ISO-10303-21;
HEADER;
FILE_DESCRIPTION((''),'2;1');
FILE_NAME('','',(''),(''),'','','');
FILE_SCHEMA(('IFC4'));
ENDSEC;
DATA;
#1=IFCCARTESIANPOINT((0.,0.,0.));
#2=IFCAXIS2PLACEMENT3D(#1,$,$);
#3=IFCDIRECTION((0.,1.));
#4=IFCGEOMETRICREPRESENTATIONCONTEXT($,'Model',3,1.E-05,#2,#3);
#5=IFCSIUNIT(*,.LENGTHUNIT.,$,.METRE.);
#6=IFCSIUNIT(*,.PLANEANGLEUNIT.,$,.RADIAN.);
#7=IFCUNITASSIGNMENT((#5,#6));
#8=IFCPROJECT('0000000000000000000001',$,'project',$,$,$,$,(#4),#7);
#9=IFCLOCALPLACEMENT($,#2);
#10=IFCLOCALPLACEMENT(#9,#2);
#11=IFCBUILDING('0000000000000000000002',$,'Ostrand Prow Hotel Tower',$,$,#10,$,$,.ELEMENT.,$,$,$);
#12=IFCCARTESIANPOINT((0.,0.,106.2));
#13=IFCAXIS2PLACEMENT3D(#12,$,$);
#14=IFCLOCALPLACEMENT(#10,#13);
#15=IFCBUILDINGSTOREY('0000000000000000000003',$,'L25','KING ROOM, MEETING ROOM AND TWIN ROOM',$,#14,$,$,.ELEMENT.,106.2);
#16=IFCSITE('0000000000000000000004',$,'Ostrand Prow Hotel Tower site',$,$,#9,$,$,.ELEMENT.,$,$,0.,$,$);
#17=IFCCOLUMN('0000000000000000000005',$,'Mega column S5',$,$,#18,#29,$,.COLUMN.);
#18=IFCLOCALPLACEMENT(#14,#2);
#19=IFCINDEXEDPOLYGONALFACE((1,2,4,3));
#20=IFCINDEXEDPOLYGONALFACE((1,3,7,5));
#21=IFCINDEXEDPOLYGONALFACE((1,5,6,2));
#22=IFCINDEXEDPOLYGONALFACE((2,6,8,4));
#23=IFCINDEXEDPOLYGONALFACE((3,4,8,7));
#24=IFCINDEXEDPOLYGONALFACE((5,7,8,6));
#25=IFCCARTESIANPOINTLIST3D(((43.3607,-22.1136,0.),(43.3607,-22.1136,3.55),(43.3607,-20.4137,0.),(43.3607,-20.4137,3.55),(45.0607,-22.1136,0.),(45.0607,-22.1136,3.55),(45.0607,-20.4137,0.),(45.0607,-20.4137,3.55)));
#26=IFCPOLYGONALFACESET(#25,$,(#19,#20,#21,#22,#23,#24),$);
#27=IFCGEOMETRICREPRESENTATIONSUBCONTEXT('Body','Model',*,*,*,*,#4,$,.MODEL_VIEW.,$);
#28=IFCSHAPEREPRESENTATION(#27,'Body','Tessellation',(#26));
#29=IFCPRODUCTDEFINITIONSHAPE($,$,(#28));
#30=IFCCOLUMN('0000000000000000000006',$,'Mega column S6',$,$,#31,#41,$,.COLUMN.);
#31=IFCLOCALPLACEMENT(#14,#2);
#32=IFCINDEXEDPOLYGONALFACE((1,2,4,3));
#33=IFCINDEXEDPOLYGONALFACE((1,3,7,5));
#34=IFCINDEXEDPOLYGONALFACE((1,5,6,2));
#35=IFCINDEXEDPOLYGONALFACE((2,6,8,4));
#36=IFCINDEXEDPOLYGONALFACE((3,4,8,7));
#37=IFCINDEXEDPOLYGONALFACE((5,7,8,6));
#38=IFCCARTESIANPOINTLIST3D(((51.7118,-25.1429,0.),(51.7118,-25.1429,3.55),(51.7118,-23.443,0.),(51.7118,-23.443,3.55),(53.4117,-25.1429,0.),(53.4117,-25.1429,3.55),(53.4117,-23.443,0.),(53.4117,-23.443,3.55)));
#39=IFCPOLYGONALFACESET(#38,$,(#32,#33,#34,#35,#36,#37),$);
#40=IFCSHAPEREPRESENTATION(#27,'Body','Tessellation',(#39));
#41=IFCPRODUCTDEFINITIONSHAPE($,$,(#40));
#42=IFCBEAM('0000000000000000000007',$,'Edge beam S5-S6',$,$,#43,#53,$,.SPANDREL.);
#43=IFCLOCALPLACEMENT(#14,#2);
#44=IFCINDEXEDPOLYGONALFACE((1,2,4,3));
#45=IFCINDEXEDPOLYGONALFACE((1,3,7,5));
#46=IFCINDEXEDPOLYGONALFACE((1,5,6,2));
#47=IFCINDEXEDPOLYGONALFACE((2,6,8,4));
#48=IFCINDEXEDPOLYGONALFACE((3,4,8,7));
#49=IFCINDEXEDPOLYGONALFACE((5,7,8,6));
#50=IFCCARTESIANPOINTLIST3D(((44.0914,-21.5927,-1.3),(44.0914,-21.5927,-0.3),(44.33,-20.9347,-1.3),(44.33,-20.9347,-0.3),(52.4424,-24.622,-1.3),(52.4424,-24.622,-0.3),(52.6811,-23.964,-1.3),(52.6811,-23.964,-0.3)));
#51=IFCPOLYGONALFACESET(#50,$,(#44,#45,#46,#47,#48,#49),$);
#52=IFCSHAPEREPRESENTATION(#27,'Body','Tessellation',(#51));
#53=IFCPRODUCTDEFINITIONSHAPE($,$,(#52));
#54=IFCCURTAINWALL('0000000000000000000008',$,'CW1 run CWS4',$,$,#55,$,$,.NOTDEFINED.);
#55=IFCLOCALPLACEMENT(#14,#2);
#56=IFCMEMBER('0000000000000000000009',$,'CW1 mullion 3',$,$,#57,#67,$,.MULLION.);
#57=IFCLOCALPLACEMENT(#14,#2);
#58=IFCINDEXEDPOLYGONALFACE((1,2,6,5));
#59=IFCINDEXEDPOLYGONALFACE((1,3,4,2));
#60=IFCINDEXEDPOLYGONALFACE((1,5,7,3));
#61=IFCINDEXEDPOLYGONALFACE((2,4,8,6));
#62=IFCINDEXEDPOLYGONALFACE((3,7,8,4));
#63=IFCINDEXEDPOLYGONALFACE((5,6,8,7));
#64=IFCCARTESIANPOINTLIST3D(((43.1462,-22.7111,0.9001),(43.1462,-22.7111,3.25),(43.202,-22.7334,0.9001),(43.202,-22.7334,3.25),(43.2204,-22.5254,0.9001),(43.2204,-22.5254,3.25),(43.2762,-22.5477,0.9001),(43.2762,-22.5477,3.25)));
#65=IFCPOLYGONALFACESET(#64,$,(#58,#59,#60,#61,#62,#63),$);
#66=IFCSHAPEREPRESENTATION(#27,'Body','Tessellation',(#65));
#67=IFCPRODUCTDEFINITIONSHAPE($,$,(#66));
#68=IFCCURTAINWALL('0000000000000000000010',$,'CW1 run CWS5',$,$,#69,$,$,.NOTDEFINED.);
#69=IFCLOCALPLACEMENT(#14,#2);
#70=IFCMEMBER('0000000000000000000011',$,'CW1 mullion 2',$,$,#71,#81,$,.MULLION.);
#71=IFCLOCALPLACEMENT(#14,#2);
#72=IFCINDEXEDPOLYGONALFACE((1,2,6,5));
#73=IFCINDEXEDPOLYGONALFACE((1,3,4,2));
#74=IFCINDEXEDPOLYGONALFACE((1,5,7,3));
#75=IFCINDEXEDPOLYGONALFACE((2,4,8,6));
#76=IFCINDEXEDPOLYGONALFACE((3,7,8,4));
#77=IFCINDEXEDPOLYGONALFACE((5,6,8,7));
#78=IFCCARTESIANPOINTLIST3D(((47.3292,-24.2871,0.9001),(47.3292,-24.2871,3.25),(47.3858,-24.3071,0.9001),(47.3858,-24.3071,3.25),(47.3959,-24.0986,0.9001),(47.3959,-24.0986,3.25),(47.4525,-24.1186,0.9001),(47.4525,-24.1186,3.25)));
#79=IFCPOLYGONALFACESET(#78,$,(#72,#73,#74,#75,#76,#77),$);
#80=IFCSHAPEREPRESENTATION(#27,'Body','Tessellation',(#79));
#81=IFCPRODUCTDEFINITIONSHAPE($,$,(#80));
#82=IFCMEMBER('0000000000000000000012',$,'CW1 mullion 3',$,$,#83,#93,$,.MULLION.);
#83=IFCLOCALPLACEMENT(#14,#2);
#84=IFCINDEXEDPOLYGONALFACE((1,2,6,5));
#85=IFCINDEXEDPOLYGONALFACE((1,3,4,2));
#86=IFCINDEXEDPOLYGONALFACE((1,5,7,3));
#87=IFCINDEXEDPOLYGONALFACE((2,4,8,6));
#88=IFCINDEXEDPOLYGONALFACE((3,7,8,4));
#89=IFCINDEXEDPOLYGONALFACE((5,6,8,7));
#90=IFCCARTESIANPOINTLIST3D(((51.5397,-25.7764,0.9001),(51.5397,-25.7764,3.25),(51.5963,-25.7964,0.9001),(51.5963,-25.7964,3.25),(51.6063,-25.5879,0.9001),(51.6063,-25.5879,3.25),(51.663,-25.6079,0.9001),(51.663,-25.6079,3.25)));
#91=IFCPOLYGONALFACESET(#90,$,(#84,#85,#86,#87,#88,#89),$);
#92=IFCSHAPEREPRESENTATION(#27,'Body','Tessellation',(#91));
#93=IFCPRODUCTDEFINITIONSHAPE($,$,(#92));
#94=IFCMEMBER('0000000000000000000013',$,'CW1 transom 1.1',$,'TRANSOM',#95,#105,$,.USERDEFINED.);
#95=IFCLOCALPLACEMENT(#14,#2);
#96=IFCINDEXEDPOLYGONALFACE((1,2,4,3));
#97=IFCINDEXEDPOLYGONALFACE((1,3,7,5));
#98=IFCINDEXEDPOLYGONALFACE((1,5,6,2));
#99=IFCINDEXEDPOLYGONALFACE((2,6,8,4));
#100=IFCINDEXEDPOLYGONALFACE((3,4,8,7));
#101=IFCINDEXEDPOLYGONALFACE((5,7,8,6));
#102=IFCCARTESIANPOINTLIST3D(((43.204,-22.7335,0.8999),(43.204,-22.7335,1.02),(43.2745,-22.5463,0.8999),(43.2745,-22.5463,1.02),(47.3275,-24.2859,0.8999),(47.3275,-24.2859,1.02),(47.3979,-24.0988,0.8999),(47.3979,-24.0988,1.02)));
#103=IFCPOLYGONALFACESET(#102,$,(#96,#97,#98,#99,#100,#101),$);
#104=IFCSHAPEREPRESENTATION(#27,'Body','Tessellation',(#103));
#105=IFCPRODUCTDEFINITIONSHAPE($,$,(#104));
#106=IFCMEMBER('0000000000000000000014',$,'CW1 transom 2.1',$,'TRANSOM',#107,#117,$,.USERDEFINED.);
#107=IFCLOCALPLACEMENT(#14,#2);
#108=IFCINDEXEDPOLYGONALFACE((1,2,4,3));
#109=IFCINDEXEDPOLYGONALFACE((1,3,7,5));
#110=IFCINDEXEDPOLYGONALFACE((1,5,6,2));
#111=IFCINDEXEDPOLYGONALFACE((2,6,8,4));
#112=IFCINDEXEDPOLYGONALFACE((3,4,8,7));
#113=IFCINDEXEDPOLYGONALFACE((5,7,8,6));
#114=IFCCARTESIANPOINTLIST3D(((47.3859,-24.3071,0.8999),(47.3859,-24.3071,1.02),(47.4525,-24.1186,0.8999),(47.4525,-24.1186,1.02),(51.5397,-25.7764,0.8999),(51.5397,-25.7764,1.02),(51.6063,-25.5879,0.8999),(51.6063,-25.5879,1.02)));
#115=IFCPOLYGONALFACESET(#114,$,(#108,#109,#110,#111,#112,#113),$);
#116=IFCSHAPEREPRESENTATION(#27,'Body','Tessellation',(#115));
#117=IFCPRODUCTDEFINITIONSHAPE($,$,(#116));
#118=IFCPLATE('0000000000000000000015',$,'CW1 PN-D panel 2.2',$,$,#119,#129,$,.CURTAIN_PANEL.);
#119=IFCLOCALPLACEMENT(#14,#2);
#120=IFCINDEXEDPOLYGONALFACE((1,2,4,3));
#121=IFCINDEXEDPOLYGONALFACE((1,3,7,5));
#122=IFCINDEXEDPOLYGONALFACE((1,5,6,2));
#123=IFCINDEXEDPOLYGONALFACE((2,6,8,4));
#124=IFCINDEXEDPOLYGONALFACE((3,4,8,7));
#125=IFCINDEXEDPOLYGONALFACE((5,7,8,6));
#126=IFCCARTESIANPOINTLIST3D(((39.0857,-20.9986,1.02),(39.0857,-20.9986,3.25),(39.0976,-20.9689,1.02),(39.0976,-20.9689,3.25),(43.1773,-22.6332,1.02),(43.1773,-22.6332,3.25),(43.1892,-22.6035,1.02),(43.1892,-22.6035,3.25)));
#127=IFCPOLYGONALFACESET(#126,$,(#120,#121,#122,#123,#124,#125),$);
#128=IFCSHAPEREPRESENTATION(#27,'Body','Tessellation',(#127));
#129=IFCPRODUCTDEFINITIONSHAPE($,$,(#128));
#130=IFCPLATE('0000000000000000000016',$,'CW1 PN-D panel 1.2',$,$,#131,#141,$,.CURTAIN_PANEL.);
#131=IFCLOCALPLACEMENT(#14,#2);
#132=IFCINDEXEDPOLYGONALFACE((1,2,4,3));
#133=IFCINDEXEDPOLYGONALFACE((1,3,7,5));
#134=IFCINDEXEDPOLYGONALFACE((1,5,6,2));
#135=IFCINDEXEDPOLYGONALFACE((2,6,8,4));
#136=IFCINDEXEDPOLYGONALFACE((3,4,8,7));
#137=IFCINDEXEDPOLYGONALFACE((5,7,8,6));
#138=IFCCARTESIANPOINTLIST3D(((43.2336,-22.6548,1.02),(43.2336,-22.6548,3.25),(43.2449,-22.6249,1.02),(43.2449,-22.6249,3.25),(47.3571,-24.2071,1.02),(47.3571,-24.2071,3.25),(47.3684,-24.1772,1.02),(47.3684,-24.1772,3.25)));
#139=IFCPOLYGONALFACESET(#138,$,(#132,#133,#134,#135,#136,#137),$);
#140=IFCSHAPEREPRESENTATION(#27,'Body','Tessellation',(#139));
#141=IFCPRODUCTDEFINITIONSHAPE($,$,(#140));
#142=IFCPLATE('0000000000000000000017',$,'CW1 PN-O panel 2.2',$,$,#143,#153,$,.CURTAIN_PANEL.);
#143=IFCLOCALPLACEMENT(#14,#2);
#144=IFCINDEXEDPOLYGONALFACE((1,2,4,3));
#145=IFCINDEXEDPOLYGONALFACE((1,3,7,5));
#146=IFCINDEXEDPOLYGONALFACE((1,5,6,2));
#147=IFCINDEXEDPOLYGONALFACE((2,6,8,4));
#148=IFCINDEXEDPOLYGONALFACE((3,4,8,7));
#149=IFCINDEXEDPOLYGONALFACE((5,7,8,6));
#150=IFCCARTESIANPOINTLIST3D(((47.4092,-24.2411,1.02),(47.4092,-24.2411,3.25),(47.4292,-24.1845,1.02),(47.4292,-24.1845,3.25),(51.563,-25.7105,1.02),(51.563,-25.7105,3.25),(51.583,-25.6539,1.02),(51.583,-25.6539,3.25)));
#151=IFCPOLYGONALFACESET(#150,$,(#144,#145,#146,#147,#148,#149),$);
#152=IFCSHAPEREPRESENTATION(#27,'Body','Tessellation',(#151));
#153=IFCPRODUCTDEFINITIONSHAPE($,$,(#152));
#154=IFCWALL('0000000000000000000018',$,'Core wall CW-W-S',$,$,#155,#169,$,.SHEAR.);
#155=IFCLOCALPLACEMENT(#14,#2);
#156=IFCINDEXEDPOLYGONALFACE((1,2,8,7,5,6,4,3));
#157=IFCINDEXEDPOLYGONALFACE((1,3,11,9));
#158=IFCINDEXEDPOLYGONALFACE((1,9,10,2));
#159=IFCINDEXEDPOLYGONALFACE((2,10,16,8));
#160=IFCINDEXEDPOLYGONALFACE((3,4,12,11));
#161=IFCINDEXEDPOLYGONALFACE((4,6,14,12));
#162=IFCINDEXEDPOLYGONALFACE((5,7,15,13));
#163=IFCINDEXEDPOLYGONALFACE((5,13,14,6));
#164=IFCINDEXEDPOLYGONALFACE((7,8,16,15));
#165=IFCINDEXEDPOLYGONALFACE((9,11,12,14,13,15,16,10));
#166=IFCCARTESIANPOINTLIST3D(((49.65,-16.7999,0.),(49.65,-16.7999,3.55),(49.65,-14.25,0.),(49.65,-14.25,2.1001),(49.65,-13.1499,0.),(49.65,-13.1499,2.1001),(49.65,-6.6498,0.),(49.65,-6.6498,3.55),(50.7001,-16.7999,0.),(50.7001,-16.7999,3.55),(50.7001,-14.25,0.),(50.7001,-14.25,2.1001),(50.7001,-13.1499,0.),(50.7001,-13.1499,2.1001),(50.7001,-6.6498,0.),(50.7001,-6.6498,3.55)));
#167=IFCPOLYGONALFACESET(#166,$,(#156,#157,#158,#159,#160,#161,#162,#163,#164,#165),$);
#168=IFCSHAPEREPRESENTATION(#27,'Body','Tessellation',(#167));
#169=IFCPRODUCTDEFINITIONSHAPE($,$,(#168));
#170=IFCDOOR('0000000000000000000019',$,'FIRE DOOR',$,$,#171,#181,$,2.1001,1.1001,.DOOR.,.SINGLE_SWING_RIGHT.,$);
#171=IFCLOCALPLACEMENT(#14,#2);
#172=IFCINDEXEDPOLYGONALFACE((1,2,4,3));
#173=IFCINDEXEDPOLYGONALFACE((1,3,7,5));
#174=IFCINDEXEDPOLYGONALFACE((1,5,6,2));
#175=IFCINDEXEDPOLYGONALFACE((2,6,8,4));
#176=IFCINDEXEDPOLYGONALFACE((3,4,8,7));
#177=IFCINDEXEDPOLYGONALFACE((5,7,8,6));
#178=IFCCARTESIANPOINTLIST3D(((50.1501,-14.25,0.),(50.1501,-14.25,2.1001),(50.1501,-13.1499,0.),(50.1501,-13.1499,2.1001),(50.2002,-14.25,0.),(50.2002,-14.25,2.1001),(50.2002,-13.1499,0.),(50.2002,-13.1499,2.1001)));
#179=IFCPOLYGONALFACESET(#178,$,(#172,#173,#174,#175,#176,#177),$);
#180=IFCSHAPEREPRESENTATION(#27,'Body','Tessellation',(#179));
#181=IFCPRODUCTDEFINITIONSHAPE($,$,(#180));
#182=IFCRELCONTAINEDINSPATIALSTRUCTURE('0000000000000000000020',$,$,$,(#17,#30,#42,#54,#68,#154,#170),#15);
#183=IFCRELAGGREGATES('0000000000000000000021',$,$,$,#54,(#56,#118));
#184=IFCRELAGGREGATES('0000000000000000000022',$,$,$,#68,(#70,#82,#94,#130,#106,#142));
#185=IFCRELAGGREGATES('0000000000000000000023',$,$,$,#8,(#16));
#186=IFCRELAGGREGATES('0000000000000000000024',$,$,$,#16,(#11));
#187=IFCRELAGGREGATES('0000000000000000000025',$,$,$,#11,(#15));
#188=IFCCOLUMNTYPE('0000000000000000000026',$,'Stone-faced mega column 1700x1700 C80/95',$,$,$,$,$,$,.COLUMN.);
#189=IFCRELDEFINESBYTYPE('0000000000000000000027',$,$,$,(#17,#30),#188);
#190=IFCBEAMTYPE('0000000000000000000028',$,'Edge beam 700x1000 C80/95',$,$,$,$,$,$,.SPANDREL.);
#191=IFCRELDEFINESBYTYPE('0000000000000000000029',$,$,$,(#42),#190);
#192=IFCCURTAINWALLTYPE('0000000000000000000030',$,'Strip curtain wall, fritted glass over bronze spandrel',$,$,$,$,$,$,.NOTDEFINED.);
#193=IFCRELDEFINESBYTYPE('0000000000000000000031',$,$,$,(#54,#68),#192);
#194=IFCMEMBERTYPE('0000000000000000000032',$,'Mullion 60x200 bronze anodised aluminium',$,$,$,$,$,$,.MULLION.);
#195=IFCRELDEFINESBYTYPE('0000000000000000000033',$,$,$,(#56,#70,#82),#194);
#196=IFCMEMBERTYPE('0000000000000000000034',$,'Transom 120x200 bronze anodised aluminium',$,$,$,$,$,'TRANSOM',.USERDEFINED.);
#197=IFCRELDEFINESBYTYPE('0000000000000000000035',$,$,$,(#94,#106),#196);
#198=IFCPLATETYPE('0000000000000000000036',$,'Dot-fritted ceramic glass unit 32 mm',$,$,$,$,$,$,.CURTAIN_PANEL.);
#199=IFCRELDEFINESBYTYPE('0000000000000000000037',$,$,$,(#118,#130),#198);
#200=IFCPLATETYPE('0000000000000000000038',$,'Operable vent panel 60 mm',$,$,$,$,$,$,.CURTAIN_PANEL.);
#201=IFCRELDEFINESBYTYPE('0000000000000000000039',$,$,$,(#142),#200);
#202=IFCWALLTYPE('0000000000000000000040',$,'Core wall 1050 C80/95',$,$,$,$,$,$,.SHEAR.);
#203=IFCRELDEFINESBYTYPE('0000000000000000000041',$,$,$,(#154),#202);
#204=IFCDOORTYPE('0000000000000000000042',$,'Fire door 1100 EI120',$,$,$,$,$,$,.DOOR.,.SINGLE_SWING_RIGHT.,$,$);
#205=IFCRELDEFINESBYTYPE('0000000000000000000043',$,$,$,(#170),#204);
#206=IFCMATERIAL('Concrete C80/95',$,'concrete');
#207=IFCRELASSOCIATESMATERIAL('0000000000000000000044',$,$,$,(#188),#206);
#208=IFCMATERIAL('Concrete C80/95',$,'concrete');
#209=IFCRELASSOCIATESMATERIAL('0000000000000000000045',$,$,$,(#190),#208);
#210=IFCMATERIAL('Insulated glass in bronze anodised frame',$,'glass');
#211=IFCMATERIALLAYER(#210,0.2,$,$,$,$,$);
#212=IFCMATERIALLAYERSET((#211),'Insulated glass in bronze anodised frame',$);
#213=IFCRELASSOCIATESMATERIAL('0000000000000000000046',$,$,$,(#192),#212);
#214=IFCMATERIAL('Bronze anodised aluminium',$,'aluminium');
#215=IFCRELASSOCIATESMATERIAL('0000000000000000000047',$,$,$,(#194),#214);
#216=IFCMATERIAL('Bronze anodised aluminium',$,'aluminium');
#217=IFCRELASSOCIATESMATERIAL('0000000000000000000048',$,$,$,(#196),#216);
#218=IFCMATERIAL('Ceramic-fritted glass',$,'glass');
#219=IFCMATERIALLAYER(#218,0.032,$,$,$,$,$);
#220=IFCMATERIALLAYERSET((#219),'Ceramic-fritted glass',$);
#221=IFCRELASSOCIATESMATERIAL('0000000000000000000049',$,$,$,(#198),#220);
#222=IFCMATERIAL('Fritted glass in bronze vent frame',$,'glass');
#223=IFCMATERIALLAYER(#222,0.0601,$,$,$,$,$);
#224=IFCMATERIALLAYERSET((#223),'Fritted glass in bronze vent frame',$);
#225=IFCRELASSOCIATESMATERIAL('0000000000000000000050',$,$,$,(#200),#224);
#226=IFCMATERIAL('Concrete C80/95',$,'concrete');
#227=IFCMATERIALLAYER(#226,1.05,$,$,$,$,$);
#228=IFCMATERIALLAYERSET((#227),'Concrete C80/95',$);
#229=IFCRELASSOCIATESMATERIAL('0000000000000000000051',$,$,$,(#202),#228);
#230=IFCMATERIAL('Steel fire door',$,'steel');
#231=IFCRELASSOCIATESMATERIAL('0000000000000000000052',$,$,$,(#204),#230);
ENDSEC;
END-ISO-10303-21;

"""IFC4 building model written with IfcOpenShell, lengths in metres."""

from ifc_helpers import new_model, si_unit, direction, frame, frame_2d, origin, origin_2d, place, context, subcontext, project, spatial, rectangle, extrude, material, layer, layer_set, material_profile, profile_set, type_object, element, fill, aggregate, save


model = new_model("IFC4")

# Units and contexts
model_context = context("Model", 3, precision=1e-05, world=origin(), true_north=direction((0.0, 1.0)))
body_context = subcontext(model_context, "Body", "Model", "MODEL_VIEW")
ifc_project = project(units=[si_unit("LENGTHUNIT", "METRE"), si_unit("PLANEANGLEUNIT", "RADIAN")], contexts=[model_context])

# Site, building, storey
site_placement = place(None, origin())
site = spatial("IfcSite", under=ifc_project, at=site_placement, Name="Ostrand Prow Hotel Tower site", CompositionType="ELEMENT", RefElevation=0.0)
building_placement = place(site_placement, origin())
building = spatial("IfcBuilding", under=site, at=building_placement, Name="Ostrand Prow Hotel Tower", CompositionType="ELEMENT")
storey_placement = place(building_placement, frame((0.0, 0.0, 106.2)))
storey = spatial("IfcBuildingStorey", under=building, at=storey_placement, Name="L25", Description="KING ROOM, MEETING ROOM AND TWIN ROOM", CompositionType="ELEMENT", Elevation=106.2)

# Columns
ifc_material_1 = material(Name="Concrete C80/95", Category="concrete")
ifc_material_profile_1 = material_profile(ifc_material_1, rectangle(XDim=1.7, YDim=1.7, at=origin_2d()), Name="RC 1700x1700")
ifc_profile_set_1 = profile_set([ifc_material_profile_1], Name="Concrete C80/95")
column_type = type_object("IfcColumnType", Name="Stone-faced mega column 1700x1700 C80/95", PredefinedType="COLUMN", material=ifc_profile_set_1)
for number, where, z_axis, x_axis, name in (
    (1, (44.2107, -21.2637, 0.0), (0.0, 0.0, 1.0), (1.0, 0.0, 0.0), "Mega column S5"),
    (2, (52.5618, -24.293, 0.0), (0.0, 0.0, 1.0), (1.0, 0.0, 0.0), "Mega column S6"),
):
    element("IfcColumn", number, at=place(storey_placement, frame(where, z_axis=z_axis, x_axis=x_axis)), inside=storey, type_object=column_type, Name=name, PredefinedType="COLUMN", context=body_context, shape_type="SweptSolid", body=[
        extrude(rectangle(XDim=1.7, YDim=1.7, at=origin_2d()), origin(), (0.0, 0.0, 1.0), 3.55),
    ])

# Beam
ifc_material_2 = material(Name="Concrete C80/95", Category="concrete")
ifc_material_profile_2 = material_profile(ifc_material_2, rectangle(XDim=0.7, YDim=1.0, at=origin_2d()), Name="RC 700x1000")
ifc_profile_set_2 = profile_set([ifc_material_profile_2], Name="Concrete C80/95")
beam_type = type_object("IfcBeamType", Name="Edge beam 700x1000 C80/95", PredefinedType="SPANDREL", material=ifc_profile_set_2)
beam_placement = place(storey_placement, frame((44.2107, -21.2637, -0.8), z_axis=(0.940063, -0.341002, 0.0), x_axis=(0.341002, 0.940063, 0.0)))
element("IfcBeam", 3, at=beam_placement, inside=storey, type_object=beam_type, Name="Edge beam S5-S6", PredefinedType="SPANDREL", context=body_context, shape_type="SweptSolid", body=[
    extrude(rectangle(XDim=0.7, YDim=1.0, at=origin_2d()), origin(), (0.0, 0.0, 1.0), 8.8835),
])

# Curtain wall, member
ifc_material_3 = material(Name="Insulated glass in bronze anodised frame", Category="glass")
ifc_layer_1 = layer(ifc_material_3, 0.2)
ifc_layer_set_1 = layer_set([ifc_layer_1], Name="Insulated glass in bronze anodised frame")
curtain_wall_type = type_object("IfcCurtainWallType", Name="Strip curtain wall, fritted glass over bronze spandrel", PredefinedType="NOTDEFINED", material=ifc_layer_set_1)
curtain_wall_1_placement = place(storey_placement, origin())
curtain_wall_1 = element("IfcCurtainWall", 4, at=curtain_wall_1_placement, inside=storey, type_object=curtain_wall_type, Name="CW1 run CWS4", PredefinedType="NOTDEFINED")
ifc_material_4 = material(Name="Bronze anodised aluminium", Category="aluminium")
ifc_material_profile_3 = material_profile(ifc_material_4, rectangle(XDim=0.2, YDim=0.0601, at=origin_2d()), Name="Mullion 60x200 bronze anodised aluminium")
ifc_profile_set_3 = profile_set([ifc_material_profile_3], Name="Bronze anodised aluminium")
member_type_1 = type_object("IfcMemberType", Name="Mullion 60x200 bronze anodised aluminium", PredefinedType="MULLION", material=ifc_profile_set_3)
member_1_placement = place(storey_placement, frame((43.2112, -22.6294, 0.9001), z_axis=(0.0, 0.0, 1.0), x_axis=(0.370982, 0.92864, 0.0)))
member_1 = element("IfcMember", 5, at=member_1_placement, type_object=member_type_1, Name="CW1 mullion 3", PredefinedType="MULLION", context=body_context, shape_type="SweptSolid", body=[
    extrude(rectangle(XDim=0.2, YDim=0.0601, at=origin_2d()), origin(), (0.0, 0.0, 1.0), 2.3499),
])

# Curtain wall, members
curtain_wall_2_placement = place(storey_placement, origin())
curtain_wall_2 = element("IfcCurtainWall", 6, at=curtain_wall_2_placement, inside=storey, type_object=curtain_wall_type, Name="CW1 run CWS5", PredefinedType="NOTDEFINED")
member_2_placement = place(storey_placement, frame((47.3909, -24.2029, 0.9001), z_axis=(0.0, 0.0, 1.0), x_axis=(0.333496, 0.942752, 0.0)))
member_2 = element("IfcMember", 7, at=member_2_placement, type_object=member_type_1, Name="CW1 mullion 2", PredefinedType="MULLION", context=body_context, shape_type="SweptSolid", body=[
    extrude(rectangle(XDim=0.2, YDim=0.0601, at=origin_2d()), origin(), (0.0, 0.0, 1.0), 2.3499),
])
member_3_placement = place(storey_placement, frame((51.6013, -25.6921, 0.9001), z_axis=(0.0, 0.0, 1.0), x_axis=(0.333496, 0.942752, 0.0)))
member_3 = element("IfcMember", 8, at=member_3_placement, type_object=member_type_1, Name="CW1 mullion 3", PredefinedType="MULLION", context=body_context, shape_type="SweptSolid", body=[
    extrude(rectangle(XDim=0.2, YDim=0.0601, at=origin_2d()), origin(), (0.0, 0.0, 1.0), 2.3499),
])
ifc_material_5 = material(Name="Bronze anodised aluminium", Category="aluminium")
ifc_material_profile_4 = material_profile(ifc_material_5, rectangle(XDim=0.2, YDim=0.1201, at=origin_2d()), Name="Transom 120x200 bronze anodised aluminium")
ifc_profile_set_4 = profile_set([ifc_material_profile_4], Name="Bronze anodised aluminium")
member_type_2 = type_object("IfcMemberType", Name="Transom 120x200 bronze anodised aluminium", ElementType="TRANSOM", PredefinedType="USERDEFINED", material=ifc_profile_set_4)
member_4_placement = place(storey_placement, frame((43.2393, -22.6399, 0.96), z_axis=(0.935868, -0.35235, 0.0), x_axis=(0.35235, 0.935868, 0.0)))
member_4 = element("IfcMember", 9, at=member_4_placement, type_object=member_type_2, Name="CW1 transom 1.1", ObjectType="TRANSOM", PredefinedType="USERDEFINED", context=body_context, shape_type="SweptSolid", body=[
    extrude(rectangle(XDim=0.2, YDim=0.1201, at=origin_2d()), origin(), (0.0, 0.0, 1.0), 4.406),
])
member_5_placement = place(storey_placement, frame((47.4192, -24.2129, 0.96), z_axis=(0.942763, -0.333463, 0.0), x_axis=(0.333463, 0.942763, 0.0)))
member_5 = element("IfcMember", 10, at=member_5_placement, type_object=member_type_2, Name="CW1 transom 2.1", ObjectType="TRANSOM", PredefinedType="USERDEFINED", context=body_context, shape_type="SweptSolid", body=[
    extrude(rectangle(XDim=0.2, YDim=0.1201, at=origin_2d()), origin(), (0.0, 0.0, 1.0), 4.406),
])

# Plates
ifc_material_6 = material(Name="Ceramic-fritted glass", Category="glass")
ifc_layer_2 = layer(ifc_material_6, 0.032)
ifc_layer_set_2 = layer_set([ifc_layer_2], Name="Ceramic-fritted glass")
plate_type_1 = type_object("IfcPlateType", Name="Dot-fritted ceramic glass unit 32 mm", PredefinedType="CURTAIN_PANEL", material=ifc_layer_set_2)
plate_1_placement = place(storey_placement, frame((41.1375, -21.801, 1.02), z_axis=(0.0, 0.0, 1.0), x_axis=(0.92864, -0.370982, 0.0)))
plate_1 = element("IfcPlate", 11, at=plate_1_placement, type_object=plate_type_1, Name="CW1 PN-D panel 2.2", PredefinedType="CURTAIN_PANEL", context=body_context, shape_type="SweptSolid", body=[
    extrude(rectangle(XDim=4.406, YDim=0.032, at=origin_2d()), origin(), (0.0, 0.0, 1.0), 2.23),
])
aggregate(curtain_wall_1, [member_1, plate_1])
plate_2_placement = place(storey_placement, frame((45.301, -23.416, 1.02), z_axis=(0.0, 0.0, 1.0), x_axis=(0.935884, -0.352309, 0.0)))
plate_2 = element("IfcPlate", 12, at=plate_2_placement, type_object=plate_type_1, Name="CW1 PN-D panel 1.2", PredefinedType="CURTAIN_PANEL", context=body_context, shape_type="SweptSolid", body=[
    extrude(rectangle(XDim=4.406, YDim=0.032, at=origin_2d()), origin(), (0.0, 0.0, 1.0), 2.23),
])
ifc_material_7 = material(Name="Fritted glass in bronze vent frame", Category="glass")
ifc_layer_3 = layer(ifc_material_7, 0.0601)
ifc_layer_set_3 = layer_set([ifc_layer_3], Name="Fritted glass in bronze vent frame")
plate_type_2 = type_object("IfcPlateType", Name="Operable vent panel 60 mm", PredefinedType="CURTAIN_PANEL", material=ifc_layer_set_3)
plate_3_placement = place(storey_placement, frame((49.4961, -24.9475, 1.02), z_axis=(0.0, 0.0, 1.0), x_axis=(0.942752, -0.333496, 0.0)))
plate_3 = element("IfcPlate", 13, at=plate_3_placement, type_object=plate_type_2, Name="CW1 PN-O panel 2.2", PredefinedType="CURTAIN_PANEL", context=body_context, shape_type="SweptSolid", body=[
    extrude(rectangle(XDim=4.406, YDim=0.0601, at=origin_2d()), origin(), (0.0, 0.0, 1.0), 2.23),
])
aggregate(curtain_wall_2, [member_2, member_3, member_4, plate_2, member_5, plate_3])

# Wall, opening, door
ifc_material_8 = material(Name="Concrete C80/95", Category="concrete")
ifc_layer_4 = layer(ifc_material_8, 1.05)
ifc_layer_set_4 = layer_set([ifc_layer_4], Name="Concrete C80/95")
wall_type_1 = type_object("IfcWallType", Name="Core wall 1050 C80/95", PredefinedType="SHEAR", material=ifc_layer_set_4)
wall_1_placement = place(storey_placement, frame((50.175, -16.8, 0.0), z_axis=(0.0, 0.0, 1.0), x_axis=(0.0, 1.0, 0.0)))
wall_1 = element("IfcWall", 14, at=wall_1_placement, inside=storey, type_object=wall_type_1, Name="Core wall CW-W-S", PredefinedType="SHEAR", context=body_context, shape_type="SweptSolid", body=[
    extrude(rectangle(XDim=10.1501, YDim=1.05, at=frame_2d((5.0752, 0.0))), origin(), (0.0, 0.0, 1.0), 3.55),
])
opening_1_placement = place(wall_1_placement, frame((2.55, 0.0, 0.0)))
opening_1 = element("IfcOpeningElement", 15, at=opening_1_placement, cuts=wall_1, PredefinedType="OPENING", context=body_context, shape_type="SweptSolid", body=[
    extrude(rectangle(XDim=1.1001, YDim=2.1001, at=frame_2d((0.55, 1.05))), frame((0.0, 0.5349, 0.0), z_axis=(0.0, -1.0, 0.0), x_axis=(1.0, 0.0, 0.0)), (0.0, 0.0, 1.0), 1.0701),
])
ifc_material_9 = material(Name="Steel fire door", Category="steel")
door_type_1 = type_object("IfcDoorType", Name="Fire door 1100 EI120", OperationType="SINGLE_SWING_RIGHT", PredefinedType="DOOR", material=ifc_material_9)
door_1_placement = place(opening_1_placement, origin())
door_1 = element("IfcDoor", 16, at=door_1_placement, inside=storey, type_object=door_type_1, Name="FIRE DOOR", OperationType="SINGLE_SWING_RIGHT", OverallHeight=2.1001, OverallWidth=1.1001, PredefinedType="DOOR", context=body_context, shape_type="SweptSolid", body=[
    extrude(rectangle(XDim=1.1001, YDim=2.1001, at=frame_2d((0.55, 1.05))), frame((0.0, 0.0249, 0.0), z_axis=(0.0, -1.0, 0.0), x_axis=(1.0, 0.0, 0.0)), (0.0, 0.0, 1.0), 0.05),
])
fill(opening_1, door_1)

save(model, "model.ifc")
